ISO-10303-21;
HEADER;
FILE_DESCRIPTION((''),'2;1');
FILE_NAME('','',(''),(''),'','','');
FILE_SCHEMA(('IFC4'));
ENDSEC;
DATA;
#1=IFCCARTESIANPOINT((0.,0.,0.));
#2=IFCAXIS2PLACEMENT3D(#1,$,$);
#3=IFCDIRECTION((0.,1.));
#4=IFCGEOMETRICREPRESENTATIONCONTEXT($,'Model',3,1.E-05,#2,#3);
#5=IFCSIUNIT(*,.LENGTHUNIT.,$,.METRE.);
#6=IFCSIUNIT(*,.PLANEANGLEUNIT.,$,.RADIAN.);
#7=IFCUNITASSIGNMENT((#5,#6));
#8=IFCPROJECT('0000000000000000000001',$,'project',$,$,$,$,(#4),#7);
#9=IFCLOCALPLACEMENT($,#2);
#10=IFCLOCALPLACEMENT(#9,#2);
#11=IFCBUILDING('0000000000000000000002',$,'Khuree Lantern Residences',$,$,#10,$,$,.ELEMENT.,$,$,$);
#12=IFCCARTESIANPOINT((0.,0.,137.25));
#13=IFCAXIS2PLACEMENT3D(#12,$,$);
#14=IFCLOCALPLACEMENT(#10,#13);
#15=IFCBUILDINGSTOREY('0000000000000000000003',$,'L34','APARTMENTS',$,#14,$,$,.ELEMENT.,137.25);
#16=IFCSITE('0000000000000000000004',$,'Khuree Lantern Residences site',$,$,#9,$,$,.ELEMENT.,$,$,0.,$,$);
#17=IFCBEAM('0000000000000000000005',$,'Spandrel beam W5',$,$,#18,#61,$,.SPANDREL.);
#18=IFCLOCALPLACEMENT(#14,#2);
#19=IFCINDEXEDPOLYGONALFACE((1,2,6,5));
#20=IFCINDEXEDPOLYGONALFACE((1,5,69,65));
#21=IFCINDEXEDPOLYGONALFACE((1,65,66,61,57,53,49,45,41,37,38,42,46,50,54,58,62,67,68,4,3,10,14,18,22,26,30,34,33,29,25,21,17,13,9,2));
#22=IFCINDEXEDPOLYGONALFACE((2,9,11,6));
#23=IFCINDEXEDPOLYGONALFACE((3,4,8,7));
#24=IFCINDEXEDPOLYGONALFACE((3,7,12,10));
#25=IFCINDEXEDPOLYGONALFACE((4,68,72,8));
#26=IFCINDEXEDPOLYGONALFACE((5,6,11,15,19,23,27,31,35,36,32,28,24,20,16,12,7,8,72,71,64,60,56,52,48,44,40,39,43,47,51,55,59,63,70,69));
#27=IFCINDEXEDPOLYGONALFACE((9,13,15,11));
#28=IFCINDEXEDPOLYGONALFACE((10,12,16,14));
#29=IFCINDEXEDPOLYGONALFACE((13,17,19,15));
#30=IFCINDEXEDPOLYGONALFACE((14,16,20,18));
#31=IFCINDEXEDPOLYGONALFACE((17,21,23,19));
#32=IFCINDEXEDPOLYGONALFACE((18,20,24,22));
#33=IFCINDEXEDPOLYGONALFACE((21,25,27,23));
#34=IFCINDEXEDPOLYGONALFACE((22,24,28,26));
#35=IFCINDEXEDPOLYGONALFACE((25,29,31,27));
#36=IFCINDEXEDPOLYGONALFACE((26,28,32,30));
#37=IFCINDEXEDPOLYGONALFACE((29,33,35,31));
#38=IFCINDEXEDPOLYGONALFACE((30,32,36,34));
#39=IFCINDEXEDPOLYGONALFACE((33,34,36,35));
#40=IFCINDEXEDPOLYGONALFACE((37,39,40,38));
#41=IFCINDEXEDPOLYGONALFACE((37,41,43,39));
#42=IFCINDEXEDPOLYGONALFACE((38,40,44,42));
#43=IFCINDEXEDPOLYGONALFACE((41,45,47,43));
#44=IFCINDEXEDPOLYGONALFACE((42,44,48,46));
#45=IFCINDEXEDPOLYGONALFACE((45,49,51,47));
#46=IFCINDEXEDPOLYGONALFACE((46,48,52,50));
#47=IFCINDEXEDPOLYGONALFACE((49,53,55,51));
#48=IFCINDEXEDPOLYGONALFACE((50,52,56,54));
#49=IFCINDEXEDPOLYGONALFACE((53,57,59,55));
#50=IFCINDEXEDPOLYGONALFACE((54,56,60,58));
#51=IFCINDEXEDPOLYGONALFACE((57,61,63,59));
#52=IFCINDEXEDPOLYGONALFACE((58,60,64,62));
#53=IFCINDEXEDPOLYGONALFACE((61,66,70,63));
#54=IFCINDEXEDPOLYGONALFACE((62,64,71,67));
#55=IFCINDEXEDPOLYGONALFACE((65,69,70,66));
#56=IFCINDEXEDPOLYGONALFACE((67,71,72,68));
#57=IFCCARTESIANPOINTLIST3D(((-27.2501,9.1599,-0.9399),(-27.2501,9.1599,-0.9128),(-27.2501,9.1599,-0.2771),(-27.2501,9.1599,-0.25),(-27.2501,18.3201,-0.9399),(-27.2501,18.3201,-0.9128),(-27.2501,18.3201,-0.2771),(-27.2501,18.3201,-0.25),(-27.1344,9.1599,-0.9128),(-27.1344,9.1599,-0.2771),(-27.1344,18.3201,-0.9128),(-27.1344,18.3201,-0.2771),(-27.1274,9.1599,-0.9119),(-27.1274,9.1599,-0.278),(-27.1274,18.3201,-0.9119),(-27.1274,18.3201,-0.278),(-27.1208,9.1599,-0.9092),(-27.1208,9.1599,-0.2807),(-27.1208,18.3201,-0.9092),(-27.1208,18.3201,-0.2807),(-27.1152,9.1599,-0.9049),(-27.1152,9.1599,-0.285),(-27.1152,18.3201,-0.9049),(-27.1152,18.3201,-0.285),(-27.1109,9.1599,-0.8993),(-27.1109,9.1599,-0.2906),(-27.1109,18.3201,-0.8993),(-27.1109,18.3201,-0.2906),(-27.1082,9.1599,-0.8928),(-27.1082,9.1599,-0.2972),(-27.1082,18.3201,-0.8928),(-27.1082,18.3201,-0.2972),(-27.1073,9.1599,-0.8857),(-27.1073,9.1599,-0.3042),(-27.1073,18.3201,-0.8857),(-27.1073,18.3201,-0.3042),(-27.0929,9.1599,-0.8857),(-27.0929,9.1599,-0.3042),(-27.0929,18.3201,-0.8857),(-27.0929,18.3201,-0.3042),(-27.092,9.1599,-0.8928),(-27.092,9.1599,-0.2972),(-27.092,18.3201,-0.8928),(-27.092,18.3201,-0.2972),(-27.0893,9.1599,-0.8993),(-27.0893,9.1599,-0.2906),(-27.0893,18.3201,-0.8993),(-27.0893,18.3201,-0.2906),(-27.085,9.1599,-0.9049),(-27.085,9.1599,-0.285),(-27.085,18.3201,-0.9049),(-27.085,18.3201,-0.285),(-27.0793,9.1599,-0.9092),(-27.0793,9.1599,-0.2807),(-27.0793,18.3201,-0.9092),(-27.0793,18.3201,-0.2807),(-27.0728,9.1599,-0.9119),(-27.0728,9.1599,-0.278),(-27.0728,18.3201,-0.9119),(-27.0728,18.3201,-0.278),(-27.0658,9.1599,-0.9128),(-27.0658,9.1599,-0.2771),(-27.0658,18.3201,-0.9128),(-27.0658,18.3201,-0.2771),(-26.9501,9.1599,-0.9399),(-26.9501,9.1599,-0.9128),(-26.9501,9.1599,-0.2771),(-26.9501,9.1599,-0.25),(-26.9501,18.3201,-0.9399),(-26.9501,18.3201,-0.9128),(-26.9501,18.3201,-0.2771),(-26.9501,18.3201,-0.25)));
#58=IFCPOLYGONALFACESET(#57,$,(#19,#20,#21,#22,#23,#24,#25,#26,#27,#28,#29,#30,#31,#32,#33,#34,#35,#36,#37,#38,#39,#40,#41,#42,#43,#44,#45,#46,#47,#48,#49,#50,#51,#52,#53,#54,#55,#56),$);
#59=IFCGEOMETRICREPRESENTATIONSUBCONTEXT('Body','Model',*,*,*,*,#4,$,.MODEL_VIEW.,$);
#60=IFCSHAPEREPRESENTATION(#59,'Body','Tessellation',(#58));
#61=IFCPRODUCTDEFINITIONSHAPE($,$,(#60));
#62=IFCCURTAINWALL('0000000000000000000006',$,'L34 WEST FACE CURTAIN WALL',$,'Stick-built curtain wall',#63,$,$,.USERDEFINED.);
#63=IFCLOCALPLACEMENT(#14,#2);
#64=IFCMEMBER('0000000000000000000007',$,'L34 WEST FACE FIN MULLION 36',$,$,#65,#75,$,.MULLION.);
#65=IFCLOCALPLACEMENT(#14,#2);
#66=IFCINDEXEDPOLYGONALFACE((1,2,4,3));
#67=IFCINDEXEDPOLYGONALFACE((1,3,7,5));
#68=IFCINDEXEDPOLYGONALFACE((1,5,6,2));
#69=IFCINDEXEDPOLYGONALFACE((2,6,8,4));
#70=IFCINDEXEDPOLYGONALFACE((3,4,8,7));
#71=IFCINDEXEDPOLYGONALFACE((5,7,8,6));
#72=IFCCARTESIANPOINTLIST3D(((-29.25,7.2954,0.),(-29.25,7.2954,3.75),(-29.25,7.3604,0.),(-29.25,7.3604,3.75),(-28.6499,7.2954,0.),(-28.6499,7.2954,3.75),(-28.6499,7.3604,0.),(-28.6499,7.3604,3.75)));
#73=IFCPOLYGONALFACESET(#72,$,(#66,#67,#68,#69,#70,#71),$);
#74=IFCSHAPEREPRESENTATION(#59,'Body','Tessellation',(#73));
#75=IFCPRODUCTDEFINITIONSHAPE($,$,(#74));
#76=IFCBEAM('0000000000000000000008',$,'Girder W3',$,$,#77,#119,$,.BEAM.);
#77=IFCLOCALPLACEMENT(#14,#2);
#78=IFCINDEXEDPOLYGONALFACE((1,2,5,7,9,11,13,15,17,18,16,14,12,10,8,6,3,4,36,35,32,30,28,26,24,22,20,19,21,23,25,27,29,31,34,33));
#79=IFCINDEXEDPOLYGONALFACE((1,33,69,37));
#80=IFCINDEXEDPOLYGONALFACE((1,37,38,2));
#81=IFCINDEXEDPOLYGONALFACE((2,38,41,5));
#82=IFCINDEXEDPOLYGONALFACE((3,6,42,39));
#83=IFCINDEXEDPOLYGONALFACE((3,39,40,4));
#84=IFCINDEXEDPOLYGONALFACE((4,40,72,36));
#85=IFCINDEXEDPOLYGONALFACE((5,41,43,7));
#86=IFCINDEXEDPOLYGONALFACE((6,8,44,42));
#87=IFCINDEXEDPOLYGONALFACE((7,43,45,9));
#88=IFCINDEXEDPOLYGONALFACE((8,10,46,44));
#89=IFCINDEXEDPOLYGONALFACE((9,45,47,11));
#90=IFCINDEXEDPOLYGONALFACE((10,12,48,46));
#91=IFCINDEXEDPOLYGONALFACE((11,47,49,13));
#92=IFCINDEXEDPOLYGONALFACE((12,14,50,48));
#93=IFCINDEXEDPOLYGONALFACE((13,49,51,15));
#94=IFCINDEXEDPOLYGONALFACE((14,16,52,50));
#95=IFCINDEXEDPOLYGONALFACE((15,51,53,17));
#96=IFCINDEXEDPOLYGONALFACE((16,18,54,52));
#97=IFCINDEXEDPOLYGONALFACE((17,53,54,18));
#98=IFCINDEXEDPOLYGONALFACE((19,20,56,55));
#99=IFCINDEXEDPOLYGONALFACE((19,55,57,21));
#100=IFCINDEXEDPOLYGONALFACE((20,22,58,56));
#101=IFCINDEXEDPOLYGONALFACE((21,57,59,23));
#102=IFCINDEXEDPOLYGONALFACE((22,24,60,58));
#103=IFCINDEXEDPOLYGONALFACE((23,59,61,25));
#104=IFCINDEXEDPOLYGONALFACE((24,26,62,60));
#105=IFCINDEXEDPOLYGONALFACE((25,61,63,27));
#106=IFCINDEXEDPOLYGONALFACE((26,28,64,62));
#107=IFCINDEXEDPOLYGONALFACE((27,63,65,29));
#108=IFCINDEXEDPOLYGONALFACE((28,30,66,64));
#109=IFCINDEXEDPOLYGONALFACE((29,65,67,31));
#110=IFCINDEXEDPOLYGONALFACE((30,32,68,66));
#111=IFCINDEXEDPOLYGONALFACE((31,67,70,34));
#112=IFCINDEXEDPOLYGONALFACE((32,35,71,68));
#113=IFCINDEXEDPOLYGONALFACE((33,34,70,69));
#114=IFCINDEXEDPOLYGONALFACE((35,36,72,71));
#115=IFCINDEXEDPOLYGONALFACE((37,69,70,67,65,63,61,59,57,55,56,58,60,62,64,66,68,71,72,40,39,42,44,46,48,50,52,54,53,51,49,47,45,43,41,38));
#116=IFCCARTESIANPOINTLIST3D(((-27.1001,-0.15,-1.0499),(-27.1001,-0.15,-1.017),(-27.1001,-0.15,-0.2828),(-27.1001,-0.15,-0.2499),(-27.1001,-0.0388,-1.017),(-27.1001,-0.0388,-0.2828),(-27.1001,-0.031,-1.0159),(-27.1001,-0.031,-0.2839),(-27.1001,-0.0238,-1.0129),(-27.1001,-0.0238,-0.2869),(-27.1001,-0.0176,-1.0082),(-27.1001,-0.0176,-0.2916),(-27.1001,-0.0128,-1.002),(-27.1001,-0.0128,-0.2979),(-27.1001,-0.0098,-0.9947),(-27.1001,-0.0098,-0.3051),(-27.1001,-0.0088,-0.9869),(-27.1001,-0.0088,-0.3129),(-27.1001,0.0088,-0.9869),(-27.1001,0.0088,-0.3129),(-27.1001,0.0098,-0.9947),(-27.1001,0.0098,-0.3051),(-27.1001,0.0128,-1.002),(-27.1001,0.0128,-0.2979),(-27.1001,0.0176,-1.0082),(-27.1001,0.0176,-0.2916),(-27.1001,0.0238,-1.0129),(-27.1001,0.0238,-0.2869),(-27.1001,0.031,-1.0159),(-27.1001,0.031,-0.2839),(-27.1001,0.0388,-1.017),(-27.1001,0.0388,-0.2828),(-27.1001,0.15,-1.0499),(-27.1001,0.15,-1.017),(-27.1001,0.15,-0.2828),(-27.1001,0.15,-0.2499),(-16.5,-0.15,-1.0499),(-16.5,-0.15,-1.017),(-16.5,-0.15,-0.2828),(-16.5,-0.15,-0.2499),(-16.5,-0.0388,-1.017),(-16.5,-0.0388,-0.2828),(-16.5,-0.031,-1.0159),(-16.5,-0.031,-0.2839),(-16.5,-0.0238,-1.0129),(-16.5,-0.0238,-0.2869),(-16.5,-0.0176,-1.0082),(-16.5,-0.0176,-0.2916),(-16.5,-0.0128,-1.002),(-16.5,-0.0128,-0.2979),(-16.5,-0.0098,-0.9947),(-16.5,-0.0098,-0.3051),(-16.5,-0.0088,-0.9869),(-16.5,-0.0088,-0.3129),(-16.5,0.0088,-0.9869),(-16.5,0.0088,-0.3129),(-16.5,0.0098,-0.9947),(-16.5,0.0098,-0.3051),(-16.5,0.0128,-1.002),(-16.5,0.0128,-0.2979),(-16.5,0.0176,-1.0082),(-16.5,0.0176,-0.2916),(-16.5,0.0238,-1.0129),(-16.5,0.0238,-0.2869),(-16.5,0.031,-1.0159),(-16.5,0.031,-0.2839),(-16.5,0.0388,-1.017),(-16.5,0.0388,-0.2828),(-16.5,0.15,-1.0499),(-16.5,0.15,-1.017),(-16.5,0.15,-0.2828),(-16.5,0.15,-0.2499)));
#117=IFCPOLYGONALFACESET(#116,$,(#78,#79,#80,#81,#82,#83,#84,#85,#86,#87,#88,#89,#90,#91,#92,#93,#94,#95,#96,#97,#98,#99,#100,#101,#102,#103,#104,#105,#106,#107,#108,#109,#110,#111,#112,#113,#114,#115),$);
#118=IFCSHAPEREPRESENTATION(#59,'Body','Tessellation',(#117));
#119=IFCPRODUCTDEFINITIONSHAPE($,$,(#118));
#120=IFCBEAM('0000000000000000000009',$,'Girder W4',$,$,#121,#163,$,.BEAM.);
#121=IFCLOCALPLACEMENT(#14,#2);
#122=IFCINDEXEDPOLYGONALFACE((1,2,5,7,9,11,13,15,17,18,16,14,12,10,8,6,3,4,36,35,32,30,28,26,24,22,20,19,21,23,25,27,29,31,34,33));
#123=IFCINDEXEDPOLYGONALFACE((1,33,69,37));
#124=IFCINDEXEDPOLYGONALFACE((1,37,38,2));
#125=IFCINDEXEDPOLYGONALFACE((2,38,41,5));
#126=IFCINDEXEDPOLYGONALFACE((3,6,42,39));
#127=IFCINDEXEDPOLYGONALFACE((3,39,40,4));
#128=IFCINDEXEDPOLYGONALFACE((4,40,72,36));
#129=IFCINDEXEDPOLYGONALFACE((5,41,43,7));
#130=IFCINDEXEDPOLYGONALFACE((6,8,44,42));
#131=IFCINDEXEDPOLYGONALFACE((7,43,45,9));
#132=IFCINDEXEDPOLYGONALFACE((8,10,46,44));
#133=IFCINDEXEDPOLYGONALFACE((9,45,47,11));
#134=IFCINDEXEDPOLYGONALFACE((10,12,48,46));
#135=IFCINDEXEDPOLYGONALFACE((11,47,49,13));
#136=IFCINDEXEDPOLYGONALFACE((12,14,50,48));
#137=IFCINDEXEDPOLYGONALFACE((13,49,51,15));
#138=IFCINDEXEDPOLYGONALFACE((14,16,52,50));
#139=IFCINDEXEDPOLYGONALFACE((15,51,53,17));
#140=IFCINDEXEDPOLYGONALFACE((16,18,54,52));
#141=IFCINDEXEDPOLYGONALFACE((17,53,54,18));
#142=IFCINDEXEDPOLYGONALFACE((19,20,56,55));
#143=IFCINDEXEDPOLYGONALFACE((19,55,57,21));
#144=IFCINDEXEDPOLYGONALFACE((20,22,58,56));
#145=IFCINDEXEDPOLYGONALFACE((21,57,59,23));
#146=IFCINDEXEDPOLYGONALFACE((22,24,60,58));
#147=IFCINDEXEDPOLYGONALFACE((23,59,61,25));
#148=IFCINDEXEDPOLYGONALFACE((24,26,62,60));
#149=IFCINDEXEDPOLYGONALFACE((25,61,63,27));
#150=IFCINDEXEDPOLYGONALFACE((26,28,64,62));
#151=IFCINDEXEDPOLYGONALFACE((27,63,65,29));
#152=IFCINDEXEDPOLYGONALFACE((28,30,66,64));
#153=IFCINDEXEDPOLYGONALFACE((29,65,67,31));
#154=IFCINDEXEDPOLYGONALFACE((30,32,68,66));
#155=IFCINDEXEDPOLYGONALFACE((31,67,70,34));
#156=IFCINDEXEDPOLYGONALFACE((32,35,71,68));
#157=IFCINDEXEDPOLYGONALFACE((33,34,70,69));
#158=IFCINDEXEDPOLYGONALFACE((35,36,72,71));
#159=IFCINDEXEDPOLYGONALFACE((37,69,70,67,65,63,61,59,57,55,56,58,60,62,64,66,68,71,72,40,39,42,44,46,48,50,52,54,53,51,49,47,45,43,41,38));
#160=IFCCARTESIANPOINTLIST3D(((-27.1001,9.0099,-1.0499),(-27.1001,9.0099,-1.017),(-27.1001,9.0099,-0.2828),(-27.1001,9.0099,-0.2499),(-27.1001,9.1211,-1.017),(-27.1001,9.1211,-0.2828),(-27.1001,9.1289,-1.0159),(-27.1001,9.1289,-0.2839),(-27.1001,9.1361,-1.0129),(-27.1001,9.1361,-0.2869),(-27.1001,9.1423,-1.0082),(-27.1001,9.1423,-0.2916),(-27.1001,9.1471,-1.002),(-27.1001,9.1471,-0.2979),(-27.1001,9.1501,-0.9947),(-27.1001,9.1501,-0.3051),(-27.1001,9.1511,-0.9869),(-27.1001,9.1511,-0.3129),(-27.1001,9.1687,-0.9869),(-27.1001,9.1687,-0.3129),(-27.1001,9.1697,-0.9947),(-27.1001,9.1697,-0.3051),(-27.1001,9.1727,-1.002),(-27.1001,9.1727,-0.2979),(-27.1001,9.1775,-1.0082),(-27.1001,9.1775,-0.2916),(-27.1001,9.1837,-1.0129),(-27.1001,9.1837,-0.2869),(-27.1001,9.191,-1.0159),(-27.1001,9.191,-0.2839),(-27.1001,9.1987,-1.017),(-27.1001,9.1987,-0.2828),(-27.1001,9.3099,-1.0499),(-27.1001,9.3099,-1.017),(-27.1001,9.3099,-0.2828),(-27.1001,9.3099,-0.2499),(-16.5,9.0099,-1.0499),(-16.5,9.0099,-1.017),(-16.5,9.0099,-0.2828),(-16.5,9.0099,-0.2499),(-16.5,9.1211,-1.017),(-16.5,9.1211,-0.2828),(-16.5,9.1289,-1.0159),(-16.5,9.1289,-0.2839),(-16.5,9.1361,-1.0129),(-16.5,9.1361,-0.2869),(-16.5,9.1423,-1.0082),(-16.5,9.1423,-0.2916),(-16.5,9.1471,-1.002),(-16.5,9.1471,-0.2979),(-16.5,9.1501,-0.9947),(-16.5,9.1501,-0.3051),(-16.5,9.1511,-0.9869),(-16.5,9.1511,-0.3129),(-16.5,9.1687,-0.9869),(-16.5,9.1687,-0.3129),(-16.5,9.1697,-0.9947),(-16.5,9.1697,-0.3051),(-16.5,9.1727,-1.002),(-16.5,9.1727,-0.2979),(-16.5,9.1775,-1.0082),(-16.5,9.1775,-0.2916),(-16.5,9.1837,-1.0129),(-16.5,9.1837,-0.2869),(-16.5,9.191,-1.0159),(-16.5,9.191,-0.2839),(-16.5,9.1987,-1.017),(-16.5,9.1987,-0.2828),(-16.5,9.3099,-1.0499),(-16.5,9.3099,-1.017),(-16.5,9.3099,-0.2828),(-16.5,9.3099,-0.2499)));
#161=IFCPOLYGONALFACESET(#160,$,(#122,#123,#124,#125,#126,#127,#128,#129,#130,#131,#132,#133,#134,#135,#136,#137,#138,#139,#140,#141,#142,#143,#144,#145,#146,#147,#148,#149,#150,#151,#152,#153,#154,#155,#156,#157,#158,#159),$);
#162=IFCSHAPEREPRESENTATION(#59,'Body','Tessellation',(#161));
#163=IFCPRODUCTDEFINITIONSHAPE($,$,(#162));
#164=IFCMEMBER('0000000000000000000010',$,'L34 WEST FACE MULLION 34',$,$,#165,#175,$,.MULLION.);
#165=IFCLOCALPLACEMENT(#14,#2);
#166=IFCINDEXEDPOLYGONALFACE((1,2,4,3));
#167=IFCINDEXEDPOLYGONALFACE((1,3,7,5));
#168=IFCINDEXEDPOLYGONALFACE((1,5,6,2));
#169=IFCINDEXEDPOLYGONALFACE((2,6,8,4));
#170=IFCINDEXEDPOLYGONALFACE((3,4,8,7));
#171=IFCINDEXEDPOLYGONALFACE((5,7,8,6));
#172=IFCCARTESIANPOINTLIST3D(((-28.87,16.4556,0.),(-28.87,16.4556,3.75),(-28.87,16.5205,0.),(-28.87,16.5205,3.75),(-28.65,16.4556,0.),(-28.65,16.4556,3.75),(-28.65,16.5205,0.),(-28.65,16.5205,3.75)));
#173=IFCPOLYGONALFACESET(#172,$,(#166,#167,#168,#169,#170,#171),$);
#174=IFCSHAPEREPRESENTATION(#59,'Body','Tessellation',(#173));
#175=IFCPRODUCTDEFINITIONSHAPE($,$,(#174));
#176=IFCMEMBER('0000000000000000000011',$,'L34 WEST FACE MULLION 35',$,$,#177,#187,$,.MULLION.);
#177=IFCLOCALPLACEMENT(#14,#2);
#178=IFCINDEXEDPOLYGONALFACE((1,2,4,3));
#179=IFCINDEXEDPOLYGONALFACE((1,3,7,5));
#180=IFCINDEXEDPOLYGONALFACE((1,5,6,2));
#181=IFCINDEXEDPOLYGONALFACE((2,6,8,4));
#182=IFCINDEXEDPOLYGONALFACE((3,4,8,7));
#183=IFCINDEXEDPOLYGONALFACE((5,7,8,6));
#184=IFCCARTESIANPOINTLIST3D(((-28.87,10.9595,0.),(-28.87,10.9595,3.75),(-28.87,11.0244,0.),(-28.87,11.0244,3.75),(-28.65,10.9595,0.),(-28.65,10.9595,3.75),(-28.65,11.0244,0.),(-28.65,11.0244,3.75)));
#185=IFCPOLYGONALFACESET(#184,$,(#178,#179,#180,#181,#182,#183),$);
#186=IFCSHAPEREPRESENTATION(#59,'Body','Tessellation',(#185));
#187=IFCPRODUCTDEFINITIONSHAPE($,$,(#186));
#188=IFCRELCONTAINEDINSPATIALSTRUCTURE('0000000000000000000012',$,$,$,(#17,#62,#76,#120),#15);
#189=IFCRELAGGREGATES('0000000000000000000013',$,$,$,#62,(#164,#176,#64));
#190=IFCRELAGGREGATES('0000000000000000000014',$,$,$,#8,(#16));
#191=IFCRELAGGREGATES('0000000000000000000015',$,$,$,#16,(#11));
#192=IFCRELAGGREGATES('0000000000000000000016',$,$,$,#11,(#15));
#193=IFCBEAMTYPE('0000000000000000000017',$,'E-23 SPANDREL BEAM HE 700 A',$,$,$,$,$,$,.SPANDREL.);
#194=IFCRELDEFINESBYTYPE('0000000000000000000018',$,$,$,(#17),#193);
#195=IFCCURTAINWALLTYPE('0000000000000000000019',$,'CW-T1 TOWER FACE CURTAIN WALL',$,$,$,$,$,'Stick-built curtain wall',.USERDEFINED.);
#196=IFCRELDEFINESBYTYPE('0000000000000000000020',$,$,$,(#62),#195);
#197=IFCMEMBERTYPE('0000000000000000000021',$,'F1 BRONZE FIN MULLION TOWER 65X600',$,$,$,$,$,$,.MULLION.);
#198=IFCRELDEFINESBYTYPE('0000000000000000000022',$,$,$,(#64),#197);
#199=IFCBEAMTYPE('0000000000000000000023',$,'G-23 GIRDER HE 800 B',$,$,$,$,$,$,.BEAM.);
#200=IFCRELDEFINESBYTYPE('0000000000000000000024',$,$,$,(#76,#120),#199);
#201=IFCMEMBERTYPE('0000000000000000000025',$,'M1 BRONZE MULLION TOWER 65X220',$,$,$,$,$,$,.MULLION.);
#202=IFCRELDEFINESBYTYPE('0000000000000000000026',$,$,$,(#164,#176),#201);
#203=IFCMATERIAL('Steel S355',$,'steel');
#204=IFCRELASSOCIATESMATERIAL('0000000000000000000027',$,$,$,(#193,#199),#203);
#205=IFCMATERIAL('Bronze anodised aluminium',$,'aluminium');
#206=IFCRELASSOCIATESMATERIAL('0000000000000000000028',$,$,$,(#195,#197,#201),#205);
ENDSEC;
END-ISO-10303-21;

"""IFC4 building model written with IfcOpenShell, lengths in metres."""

from ifc_helpers import new_model, si_unit, direction, frame, origin, origin_2d, place, context, subcontext, project, spatial, rectangle, i_section, extrude, material, material_profile, profile_set, type_object, element, aggregate, save


model = new_model("IFC4")

# Units and contexts
model_context = context("Model", 3, precision=1e-05, world=origin(), true_north=direction((0.0, 1.0)))
body_context = subcontext(model_context, "Body", "Model", "MODEL_VIEW")
ifc_project = project(units=[si_unit("LENGTHUNIT", "METRE"), si_unit("PLANEANGLEUNIT", "RADIAN")], contexts=[model_context])

# Site, building, storey
site_placement = place(None, origin())
site = spatial("IfcSite", under=ifc_project, at=site_placement, Name="Khuree Lantern Residences site", CompositionType="ELEMENT", RefElevation=0.0)
building_placement = place(site_placement, origin())
building = spatial("IfcBuilding", under=site, at=building_placement, Name="Khuree Lantern Residences", CompositionType="ELEMENT")
storey_placement = place(building_placement, frame((0.0, 0.0, 137.25)))
storey = spatial("IfcBuildingStorey", under=building, at=storey_placement, Name="L34", Description="APARTMENTS", CompositionType="ELEMENT", Elevation=137.25)

# Beam
ifc_material_1 = material(Name="Steel S355", Category="steel")
ifc_material_profile_1 = material_profile(ifc_material_1, i_section(OverallWidth=0.3, OverallDepth=0.6899, WebThickness=0.0144, FlangeThickness=0.0271, FilletRadius=0.0271, at=origin_2d()), Name="HE 700 A")
ifc_profile_set_1 = profile_set([ifc_material_profile_1], Name="Steel S355")
beam_type_1 = type_object("IfcBeamType", Name="E-23 SPANDREL BEAM HE 700 A", PredefinedType="SPANDREL", material=ifc_profile_set_1)
beam_1_placement = place(storey_placement, frame((-27.1001, 9.1599, -0.595), z_axis=(0.0, 1.0, 0.0), x_axis=(-1.0, 0.0, 0.0)))
element("IfcBeam", 1, at=beam_1_placement, inside=storey, type_object=beam_type_1, Name="Spandrel beam W5", PredefinedType="SPANDREL", context=body_context, shape_type="SweptSolid", body=[
    extrude(i_section(OverallWidth=0.3, OverallDepth=0.6899, WebThickness=0.0144, FlangeThickness=0.0271, FilletRadius=0.0271, at=origin_2d()), origin(), (0.0, 0.0, 1.0), 9.1602),
])

# Curtain wall, member
ifc_material_2 = material(Name="Bronze anodised aluminium", Category="aluminium")
curtain_wall_type = type_object("IfcCurtainWallType", Name="CW-T1 TOWER FACE CURTAIN WALL", ElementType="Stick-built curtain wall", PredefinedType="USERDEFINED", material=ifc_material_2)
curtain_wall_placement = place(storey_placement, origin())
curtain_wall = element("IfcCurtainWall", 2, at=curtain_wall_placement, inside=storey, type_object=curtain_wall_type, Name="L34 WEST FACE CURTAIN WALL", ObjectType="Stick-built curtain wall", PredefinedType="USERDEFINED")
ifc_material_profile_2 = material_profile(ifc_material_2, rectangle(XDim=0.0649, YDim=0.6001, at=origin_2d()), Name="F1 65X600")
ifc_profile_set_2 = profile_set([ifc_material_profile_2], Name="Bronze anodised aluminium")
member_type_1 = type_object("IfcMemberType", Name="F1 BRONZE FIN MULLION TOWER 65X600", PredefinedType="MULLION", material=ifc_profile_set_2)
member_1_placement = place(storey_placement, frame((-28.95, 7.3279, 0.0), z_axis=(0.0, 0.0, 1.0), x_axis=(0.0, -1.0, 0.0)))
member_1 = element("IfcMember", 3, at=member_1_placement, type_object=member_type_1, Name="L34 WEST FACE FIN MULLION 36", PredefinedType="MULLION", context=body_context, shape_type="SweptSolid", body=[
    extrude(rectangle(XDim=0.0649, YDim=0.6001, at=origin_2d()), origin(), (0.0, 0.0, 1.0), 3.75),
])

# Beams
ifc_material_profile_3 = material_profile(ifc_material_1, i_section(OverallWidth=0.3, OverallDepth=0.8, WebThickness=0.0176, FlangeThickness=0.033, FilletRadius=0.03, at=origin_2d()), Name="HE 800 B")
ifc_profile_set_3 = profile_set([ifc_material_profile_3], Name="Steel S355")
beam_type_2 = type_object("IfcBeamType", Name="G-23 GIRDER HE 800 B", PredefinedType="BEAM", material=ifc_profile_set_3)
for number, where, z_axis, x_axis, name in (
    (4, (-27.1001, 0.0, -0.6499), (1.0, 0.0, 0.0), (0.0, 1.0, 0.0), "Girder W3"),
    (5, (-27.1001, 9.1599, -0.6499), (1.0, 0.0, 0.0), (0.0, 1.0, 0.0), "Girder W4"),
):
    element("IfcBeam", number, at=place(storey_placement, frame(where, z_axis=z_axis, x_axis=x_axis)), inside=storey, type_object=beam_type_2, Name=name, PredefinedType="BEAM", context=body_context, shape_type="SweptSolid", body=[
        extrude(i_section(OverallWidth=0.3, OverallDepth=0.8, WebThickness=0.0176, FlangeThickness=0.033, FilletRadius=0.03, at=origin_2d()), origin(), (0.0, 0.0, 1.0), 10.6001),
    ])

# Members
ifc_material_profile_4 = material_profile(ifc_material_2, rectangle(XDim=0.0649, YDim=0.22, at=origin_2d()), Name="M1 65X220")
ifc_profile_set_4 = profile_set([ifc_material_profile_4], Name="Bronze anodised aluminium")
member_type_2 = type_object("IfcMemberType", Name="M1 BRONZE MULLION TOWER 65X220", PredefinedType="MULLION", material=ifc_profile_set_4)
member_2_placement = place(storey_placement, frame((-28.76, 16.488, 0.0), z_axis=(0.0, 0.0, 1.0), x_axis=(0.0, -1.0, 0.0)))
member_2 = element("IfcMember", 6, at=member_2_placement, type_object=member_type_2, Name="L34 WEST FACE MULLION 34", PredefinedType="MULLION", context=body_context, shape_type="SweptSolid", body=[
    extrude(rectangle(XDim=0.0649, YDim=0.22, at=origin_2d()), origin(), (0.0, 0.0, 1.0), 3.75),
])
member_3_placement = place(storey_placement, frame((-28.76, 10.9919, 0.0), z_axis=(0.0, 0.0, 1.0), x_axis=(0.0, -1.0, 0.0)))
member_3 = element("IfcMember", 7, at=member_3_placement, type_object=member_type_2, Name="L34 WEST FACE MULLION 35", PredefinedType="MULLION", context=body_context, shape_type="SweptSolid", body=[
    extrude(rectangle(XDim=0.0649, YDim=0.22, at=origin_2d()), origin(), (0.0, 0.0, 1.0), 3.75),
])

aggregate(curtain_wall, [member_2, member_3, member_1])

save(model, "model.ifc")
